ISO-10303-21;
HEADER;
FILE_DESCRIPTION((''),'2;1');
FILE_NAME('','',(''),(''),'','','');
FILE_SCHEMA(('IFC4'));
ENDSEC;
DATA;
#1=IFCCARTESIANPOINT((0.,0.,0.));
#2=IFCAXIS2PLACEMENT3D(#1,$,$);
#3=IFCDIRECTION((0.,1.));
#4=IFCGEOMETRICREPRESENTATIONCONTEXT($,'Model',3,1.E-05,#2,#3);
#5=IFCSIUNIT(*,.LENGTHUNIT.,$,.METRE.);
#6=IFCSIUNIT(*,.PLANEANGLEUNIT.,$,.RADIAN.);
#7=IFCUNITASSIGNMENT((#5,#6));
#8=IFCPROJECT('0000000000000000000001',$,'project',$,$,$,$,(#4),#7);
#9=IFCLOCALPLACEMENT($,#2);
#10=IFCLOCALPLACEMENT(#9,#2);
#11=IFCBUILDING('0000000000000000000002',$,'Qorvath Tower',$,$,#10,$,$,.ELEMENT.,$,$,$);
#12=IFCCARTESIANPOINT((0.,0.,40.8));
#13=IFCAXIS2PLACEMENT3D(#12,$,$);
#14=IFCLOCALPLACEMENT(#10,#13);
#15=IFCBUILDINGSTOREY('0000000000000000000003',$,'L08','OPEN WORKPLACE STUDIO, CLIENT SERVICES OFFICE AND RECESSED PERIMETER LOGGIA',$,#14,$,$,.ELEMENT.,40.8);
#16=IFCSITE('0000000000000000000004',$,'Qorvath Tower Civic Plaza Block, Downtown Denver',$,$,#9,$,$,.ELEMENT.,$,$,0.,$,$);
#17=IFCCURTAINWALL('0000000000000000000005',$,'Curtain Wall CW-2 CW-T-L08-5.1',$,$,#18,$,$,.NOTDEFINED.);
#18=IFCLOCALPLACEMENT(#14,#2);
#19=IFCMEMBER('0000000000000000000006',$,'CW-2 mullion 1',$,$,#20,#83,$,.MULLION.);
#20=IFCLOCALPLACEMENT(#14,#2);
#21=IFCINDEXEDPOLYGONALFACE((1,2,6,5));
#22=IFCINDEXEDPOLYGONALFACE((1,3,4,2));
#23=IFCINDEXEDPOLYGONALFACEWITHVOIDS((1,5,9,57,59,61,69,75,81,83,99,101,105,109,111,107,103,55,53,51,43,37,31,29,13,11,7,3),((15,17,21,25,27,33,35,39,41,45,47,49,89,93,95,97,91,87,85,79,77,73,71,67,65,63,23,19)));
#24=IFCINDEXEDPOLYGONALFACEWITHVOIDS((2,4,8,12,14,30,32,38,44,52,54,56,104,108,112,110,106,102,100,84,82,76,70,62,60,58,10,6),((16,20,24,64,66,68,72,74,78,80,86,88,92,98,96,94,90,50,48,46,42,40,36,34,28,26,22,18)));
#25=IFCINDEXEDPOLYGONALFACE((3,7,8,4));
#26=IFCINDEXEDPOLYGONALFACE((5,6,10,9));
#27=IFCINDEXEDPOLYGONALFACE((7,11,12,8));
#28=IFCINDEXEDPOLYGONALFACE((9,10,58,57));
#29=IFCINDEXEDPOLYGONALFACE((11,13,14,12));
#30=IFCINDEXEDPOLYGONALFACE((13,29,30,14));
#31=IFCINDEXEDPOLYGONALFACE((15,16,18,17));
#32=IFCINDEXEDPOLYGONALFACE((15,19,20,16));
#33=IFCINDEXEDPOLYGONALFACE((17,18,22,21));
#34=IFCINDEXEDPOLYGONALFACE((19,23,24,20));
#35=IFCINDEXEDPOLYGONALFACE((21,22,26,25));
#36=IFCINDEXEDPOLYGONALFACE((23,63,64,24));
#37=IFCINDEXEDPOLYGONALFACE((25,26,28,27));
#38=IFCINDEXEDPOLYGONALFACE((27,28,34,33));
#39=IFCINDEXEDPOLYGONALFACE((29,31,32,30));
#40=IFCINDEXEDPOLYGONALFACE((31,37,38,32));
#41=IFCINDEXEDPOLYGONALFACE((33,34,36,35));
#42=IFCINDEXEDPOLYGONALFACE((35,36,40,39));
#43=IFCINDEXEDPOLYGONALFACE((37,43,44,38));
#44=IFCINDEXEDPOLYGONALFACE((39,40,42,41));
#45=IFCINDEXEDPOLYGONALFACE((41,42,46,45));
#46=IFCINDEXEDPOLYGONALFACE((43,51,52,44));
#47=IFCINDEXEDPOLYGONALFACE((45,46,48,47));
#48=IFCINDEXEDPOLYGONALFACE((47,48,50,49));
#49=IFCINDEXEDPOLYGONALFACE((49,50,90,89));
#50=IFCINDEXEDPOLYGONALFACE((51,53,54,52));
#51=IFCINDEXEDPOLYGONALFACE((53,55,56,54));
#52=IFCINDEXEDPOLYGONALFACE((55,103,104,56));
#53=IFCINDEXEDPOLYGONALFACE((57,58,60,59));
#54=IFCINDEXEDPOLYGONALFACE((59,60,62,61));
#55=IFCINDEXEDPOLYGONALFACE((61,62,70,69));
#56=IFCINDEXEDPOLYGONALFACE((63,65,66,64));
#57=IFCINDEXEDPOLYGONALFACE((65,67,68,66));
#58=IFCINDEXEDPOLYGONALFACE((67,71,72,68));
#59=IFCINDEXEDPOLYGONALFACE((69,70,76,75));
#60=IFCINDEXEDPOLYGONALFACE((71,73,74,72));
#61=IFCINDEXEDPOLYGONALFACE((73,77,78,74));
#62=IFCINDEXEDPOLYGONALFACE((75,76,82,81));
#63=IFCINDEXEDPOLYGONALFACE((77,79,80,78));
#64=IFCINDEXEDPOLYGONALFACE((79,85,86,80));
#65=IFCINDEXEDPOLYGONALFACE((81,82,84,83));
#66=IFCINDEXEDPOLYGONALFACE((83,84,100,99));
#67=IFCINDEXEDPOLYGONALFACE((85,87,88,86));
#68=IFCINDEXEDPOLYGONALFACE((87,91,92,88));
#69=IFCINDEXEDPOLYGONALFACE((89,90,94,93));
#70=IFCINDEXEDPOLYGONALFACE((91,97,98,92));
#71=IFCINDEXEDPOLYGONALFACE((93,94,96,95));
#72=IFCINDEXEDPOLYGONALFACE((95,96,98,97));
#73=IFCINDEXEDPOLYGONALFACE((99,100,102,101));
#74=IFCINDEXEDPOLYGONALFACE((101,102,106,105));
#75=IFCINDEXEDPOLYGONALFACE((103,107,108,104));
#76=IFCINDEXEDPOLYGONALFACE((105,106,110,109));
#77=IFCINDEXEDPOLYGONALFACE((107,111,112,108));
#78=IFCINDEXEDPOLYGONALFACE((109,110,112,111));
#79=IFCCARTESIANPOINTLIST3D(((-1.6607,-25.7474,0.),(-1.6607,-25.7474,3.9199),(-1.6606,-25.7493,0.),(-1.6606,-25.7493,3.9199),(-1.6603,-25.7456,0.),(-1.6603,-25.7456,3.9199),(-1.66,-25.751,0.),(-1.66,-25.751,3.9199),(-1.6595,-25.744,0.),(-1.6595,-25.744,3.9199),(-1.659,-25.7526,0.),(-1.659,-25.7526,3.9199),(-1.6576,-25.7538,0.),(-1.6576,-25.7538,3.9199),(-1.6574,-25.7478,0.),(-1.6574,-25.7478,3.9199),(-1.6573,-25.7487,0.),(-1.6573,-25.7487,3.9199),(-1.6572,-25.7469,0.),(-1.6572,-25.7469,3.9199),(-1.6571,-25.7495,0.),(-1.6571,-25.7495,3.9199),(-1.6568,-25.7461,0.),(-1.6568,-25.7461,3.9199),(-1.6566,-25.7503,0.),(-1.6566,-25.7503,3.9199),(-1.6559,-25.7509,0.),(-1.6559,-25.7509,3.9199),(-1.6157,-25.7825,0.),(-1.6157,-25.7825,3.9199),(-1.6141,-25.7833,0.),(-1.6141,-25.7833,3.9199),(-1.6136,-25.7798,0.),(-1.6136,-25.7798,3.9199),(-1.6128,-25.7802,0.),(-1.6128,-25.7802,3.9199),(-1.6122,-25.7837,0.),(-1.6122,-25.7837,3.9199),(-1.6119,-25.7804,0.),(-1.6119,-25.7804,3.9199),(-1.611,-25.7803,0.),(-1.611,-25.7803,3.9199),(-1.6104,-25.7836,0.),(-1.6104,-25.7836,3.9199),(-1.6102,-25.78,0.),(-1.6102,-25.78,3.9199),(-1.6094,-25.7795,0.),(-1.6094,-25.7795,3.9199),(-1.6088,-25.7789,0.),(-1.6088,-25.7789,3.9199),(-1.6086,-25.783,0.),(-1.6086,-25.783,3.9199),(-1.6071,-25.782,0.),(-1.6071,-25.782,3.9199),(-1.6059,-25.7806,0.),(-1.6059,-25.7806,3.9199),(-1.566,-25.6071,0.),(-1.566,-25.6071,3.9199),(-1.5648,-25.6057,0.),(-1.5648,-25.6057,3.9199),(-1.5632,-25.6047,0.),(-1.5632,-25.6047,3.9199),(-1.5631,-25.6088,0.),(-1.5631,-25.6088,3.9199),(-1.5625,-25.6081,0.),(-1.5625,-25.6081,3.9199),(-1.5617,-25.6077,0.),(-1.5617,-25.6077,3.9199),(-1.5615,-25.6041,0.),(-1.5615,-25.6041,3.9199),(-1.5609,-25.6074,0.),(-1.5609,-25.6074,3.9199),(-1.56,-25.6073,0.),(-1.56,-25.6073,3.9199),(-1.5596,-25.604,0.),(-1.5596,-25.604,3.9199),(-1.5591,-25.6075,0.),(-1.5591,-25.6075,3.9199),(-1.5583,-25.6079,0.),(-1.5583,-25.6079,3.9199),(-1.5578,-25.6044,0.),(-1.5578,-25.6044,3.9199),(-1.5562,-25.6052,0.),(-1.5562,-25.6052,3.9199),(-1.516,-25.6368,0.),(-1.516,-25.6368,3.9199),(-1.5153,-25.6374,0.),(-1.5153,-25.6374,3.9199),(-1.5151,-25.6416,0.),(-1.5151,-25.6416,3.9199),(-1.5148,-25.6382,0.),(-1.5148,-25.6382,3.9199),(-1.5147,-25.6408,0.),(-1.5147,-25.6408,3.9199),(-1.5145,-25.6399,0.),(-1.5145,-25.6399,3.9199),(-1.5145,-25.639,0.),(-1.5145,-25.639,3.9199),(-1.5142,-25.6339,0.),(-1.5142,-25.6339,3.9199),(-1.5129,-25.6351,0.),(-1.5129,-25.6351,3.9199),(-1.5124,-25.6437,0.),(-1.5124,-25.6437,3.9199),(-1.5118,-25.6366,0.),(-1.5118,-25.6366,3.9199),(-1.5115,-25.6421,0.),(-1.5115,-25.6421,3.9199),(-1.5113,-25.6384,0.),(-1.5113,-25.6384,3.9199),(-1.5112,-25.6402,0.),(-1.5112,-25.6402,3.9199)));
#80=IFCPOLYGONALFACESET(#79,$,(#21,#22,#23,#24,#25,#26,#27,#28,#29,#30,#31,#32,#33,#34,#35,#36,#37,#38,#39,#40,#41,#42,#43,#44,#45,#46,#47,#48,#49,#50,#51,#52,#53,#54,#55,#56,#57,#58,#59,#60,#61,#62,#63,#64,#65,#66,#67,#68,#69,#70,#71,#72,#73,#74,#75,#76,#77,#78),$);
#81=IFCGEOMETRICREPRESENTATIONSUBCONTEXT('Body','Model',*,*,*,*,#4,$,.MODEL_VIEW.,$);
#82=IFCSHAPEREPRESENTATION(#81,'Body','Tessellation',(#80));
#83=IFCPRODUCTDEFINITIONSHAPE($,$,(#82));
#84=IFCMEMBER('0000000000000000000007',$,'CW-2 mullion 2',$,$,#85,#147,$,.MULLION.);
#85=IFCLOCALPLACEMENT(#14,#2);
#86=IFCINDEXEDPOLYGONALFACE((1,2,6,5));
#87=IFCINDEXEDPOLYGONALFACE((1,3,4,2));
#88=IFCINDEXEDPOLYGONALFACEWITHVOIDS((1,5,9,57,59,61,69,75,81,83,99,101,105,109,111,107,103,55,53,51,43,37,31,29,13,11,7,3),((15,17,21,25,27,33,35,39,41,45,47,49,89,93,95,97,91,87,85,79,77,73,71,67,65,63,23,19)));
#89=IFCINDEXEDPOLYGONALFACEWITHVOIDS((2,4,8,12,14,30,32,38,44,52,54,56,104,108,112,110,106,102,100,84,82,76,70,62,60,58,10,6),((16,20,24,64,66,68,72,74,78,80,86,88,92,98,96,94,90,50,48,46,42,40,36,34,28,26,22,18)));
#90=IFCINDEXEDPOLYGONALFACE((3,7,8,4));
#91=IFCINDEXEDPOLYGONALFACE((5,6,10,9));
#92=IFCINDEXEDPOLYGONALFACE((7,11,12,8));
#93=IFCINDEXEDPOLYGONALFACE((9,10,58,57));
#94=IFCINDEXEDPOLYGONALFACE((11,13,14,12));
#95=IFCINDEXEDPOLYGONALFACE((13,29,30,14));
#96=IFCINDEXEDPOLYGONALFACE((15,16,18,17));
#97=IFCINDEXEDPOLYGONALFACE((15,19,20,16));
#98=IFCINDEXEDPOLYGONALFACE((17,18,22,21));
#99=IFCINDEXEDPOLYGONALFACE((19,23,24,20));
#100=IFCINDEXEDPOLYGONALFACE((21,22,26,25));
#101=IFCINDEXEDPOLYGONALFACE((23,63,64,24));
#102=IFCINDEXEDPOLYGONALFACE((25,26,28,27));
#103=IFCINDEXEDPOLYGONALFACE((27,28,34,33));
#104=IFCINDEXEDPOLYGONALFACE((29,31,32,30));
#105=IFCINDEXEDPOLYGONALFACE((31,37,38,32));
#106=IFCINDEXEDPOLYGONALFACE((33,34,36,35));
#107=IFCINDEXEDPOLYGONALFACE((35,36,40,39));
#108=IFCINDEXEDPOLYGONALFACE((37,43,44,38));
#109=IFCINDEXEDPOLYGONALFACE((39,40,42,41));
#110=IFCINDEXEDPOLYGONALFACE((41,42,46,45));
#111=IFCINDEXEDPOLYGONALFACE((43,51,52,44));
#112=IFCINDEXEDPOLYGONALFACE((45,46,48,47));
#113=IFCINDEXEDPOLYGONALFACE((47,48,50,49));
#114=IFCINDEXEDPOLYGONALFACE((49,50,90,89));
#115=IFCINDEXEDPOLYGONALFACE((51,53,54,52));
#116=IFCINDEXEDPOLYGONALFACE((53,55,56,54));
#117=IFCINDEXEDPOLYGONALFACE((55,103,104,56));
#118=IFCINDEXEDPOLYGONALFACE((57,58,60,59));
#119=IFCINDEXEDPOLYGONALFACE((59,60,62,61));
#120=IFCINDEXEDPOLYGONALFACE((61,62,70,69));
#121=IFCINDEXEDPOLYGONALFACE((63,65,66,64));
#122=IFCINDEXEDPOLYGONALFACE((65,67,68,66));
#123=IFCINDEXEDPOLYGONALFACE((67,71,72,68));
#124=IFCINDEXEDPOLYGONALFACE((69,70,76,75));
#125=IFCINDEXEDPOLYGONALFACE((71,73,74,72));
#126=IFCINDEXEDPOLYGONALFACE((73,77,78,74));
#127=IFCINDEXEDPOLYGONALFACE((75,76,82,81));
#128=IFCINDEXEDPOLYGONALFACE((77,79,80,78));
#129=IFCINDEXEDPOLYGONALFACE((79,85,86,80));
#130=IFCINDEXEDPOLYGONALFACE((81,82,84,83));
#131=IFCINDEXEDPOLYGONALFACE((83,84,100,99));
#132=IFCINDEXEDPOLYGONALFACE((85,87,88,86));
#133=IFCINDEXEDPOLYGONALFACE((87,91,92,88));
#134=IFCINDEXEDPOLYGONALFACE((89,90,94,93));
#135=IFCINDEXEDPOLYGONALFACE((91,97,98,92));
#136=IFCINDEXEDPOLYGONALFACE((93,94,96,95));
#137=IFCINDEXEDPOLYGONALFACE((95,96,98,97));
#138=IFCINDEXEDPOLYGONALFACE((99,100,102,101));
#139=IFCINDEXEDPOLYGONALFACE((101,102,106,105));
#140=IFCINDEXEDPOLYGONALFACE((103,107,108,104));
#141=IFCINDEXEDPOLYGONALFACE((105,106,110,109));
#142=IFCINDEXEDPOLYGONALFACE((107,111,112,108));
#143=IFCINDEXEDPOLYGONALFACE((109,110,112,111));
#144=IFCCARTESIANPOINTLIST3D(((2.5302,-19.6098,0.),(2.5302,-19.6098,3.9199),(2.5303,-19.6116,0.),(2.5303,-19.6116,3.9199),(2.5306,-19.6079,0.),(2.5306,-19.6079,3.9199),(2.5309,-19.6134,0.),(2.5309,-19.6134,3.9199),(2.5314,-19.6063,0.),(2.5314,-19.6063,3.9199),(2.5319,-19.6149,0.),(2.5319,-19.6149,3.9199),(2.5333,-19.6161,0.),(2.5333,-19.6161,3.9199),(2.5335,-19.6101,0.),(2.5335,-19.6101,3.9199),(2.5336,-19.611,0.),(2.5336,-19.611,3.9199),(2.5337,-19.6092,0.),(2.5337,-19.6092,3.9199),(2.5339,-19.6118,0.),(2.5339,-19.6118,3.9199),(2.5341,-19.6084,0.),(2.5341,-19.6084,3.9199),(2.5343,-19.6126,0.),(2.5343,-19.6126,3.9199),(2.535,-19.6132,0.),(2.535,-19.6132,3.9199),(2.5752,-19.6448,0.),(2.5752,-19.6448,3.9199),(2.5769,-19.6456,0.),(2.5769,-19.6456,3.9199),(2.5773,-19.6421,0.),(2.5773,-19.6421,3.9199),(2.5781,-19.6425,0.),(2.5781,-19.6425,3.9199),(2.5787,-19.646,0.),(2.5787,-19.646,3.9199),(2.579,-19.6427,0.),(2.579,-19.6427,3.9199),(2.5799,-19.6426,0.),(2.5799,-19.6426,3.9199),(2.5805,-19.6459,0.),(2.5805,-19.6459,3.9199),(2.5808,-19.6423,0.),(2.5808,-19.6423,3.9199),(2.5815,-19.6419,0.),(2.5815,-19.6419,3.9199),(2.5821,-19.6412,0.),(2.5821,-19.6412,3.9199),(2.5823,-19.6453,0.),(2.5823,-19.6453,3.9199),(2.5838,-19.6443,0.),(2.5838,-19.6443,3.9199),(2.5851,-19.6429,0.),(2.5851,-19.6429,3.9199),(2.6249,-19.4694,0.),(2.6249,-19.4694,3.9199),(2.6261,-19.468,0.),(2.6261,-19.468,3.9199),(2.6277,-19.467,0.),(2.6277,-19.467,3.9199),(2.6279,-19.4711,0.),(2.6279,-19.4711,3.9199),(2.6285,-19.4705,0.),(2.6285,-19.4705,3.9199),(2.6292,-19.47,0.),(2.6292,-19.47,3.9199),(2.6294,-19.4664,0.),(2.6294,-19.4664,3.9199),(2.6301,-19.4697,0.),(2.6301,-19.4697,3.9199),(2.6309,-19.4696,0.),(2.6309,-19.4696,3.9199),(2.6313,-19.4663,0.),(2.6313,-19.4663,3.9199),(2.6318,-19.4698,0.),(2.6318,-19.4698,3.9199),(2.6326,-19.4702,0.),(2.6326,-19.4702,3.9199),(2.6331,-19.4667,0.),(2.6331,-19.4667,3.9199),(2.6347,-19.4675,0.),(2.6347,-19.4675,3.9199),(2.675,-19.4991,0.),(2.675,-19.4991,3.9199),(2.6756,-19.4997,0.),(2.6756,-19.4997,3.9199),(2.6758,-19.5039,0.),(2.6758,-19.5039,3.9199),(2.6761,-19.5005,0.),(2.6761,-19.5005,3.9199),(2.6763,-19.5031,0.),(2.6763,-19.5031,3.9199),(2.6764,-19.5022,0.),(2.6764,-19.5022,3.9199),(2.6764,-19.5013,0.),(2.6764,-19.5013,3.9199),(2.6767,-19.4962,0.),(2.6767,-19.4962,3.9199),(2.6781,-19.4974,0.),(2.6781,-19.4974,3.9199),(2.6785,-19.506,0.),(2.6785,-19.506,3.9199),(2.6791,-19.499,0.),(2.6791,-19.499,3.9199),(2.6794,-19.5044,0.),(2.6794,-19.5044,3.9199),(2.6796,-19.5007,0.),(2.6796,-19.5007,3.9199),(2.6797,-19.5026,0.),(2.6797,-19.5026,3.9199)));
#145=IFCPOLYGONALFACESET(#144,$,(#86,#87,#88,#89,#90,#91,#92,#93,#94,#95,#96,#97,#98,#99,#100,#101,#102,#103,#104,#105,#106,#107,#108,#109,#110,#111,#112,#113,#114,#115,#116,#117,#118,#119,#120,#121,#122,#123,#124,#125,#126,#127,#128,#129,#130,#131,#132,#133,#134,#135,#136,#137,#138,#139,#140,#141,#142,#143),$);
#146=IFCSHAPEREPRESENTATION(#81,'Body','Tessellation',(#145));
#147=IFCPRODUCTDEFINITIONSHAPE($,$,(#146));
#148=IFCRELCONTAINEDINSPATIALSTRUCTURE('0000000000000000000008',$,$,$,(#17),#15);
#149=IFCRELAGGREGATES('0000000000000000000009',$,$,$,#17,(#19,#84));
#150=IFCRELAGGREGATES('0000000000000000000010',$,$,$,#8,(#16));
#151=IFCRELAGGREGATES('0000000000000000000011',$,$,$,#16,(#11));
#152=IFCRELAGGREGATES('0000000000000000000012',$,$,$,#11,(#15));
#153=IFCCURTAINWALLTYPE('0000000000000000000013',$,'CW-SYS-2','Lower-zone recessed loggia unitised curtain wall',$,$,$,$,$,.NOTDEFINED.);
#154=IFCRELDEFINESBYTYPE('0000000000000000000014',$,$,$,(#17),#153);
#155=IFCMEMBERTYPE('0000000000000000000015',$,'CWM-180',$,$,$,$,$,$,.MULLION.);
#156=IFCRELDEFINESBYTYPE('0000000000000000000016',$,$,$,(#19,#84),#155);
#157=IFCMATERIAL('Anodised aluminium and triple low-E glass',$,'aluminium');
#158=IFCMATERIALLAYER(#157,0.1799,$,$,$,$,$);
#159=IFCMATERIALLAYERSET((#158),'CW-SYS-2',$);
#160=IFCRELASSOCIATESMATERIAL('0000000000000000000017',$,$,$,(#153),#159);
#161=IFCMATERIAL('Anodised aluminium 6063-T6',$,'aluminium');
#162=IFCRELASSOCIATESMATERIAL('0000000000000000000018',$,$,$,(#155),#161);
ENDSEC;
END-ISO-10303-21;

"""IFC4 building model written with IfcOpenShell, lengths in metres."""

from ifc_helpers import new_model, si_unit, direction, frame, origin, origin_2d, place, context, subcontext, project, spatial, hollow_rectangle, extrude, material, layer, layer_set, material_profile, profile_set, type_object, element, aggregate, save


model = new_model("IFC4")

# Units and contexts
model_context = context("Model", 3, precision=1e-05, world=origin(), true_north=direction((0.0, 1.0)))
body_context = subcontext(model_context, "Body", "Model", "MODEL_VIEW")
ifc_project = project(units=[si_unit("LENGTHUNIT", "METRE"), si_unit("PLANEANGLEUNIT", "RADIAN")], contexts=[model_context])

# Site, building, storey
site_placement = place(None, origin())
site = spatial("IfcSite", under=ifc_project, at=site_placement, Name="Qorvath Tower Civic Plaza Block, Downtown Denver", CompositionType="ELEMENT", RefElevation=0.0)
building_placement = place(site_placement, origin())
building = spatial("IfcBuilding", under=site, at=building_placement, Name="Qorvath Tower", CompositionType="ELEMENT")
storey_placement = place(building_placement, frame((0.0, 0.0, 40.8)))
storey = spatial("IfcBuildingStorey", under=building, at=storey_placement, Name="L08", Description="OPEN WORKPLACE STUDIO, CLIENT SERVICES OFFICE AND RECESSED PERIMETER LOGGIA", CompositionType="ELEMENT", Elevation=40.8)

# Curtain wall, members
ifc_material_1 = material(Name="Anodised aluminium and triple low-E glass", Category="aluminium")
ifc_layer_1 = layer(ifc_material_1, 0.1799)
ifc_layer_set_1 = layer_set([ifc_layer_1], Name="CW-SYS-2")
curtain_wall_type = type_object("IfcCurtainWallType", Name="CW-SYS-2", Description="Lower-zone recessed loggia unitised curtain wall", PredefinedType="NOTDEFINED", material=ifc_layer_set_1)
ifc_material_2 = material(Name="Anodised aluminium 6063-T6", Category="aluminium")
ifc_material_profile_1 = material_profile(ifc_material_2, hollow_rectangle(XDim=0.0649, YDim=0.1799, WallThickness=0.0034, InnerFilletRadius=0.0034, OuterFilletRadius=0.0071, at=origin_2d()), Name="CWM 180x65")
ifc_profile_set_1 = profile_set([ifc_material_profile_1], Name="Anodised aluminium 6063-T6")
member_type_1 = type_object("IfcMemberType", Name="CWM-180", PredefinedType="MULLION", material=ifc_profile_set_1)
curtain_wall_1_placement = place(storey_placement, origin())
curtain_wall_1 = element("IfcCurtainWall", 1, at=curtain_wall_1_placement, inside=storey, type_object=curtain_wall_type, Name="Curtain Wall CW-2 CW-T-L08-5.1", PredefinedType="NOTDEFINED")
member_1_placement = place(storey_placement, frame((-1.5859, -25.6938, 0.0), z_axis=(0.0, 0.0, 1.0), x_axis=(-0.825849, 0.563891, 0.0)))
member_1 = element("IfcMember", 2, at=member_1_placement, type_object=member_type_1, Name="CW-2 mullion 1", PredefinedType="MULLION", context=body_context, shape_type="SweptSolid", body=[
    extrude(hollow_rectangle(XDim=0.0649, YDim=0.1799, WallThickness=0.0034, InnerFilletRadius=0.0034, OuterFilletRadius=0.0071, at=origin_2d()), origin(), (0.0, 0.0, 1.0), 3.9199),
])
member_2_placement = place(storey_placement, frame((2.605, -19.5562, 0.0), z_axis=(0.0, 0.0, 1.0), x_axis=(-0.825849, 0.563891, 0.0)))
member_2 = element("IfcMember", 3, at=member_2_placement, type_object=member_type_1, Name="CW-2 mullion 2", PredefinedType="MULLION", context=body_context, shape_type="SweptSolid", body=[
    extrude(hollow_rectangle(XDim=0.0649, YDim=0.1799, WallThickness=0.0034, InnerFilletRadius=0.0034, OuterFilletRadius=0.0071, at=origin_2d()), origin(), (0.0, 0.0, 1.0), 3.9199),
])

aggregate(curtain_wall_1, [member_1, member_2])

save(model, "model.ifc")
